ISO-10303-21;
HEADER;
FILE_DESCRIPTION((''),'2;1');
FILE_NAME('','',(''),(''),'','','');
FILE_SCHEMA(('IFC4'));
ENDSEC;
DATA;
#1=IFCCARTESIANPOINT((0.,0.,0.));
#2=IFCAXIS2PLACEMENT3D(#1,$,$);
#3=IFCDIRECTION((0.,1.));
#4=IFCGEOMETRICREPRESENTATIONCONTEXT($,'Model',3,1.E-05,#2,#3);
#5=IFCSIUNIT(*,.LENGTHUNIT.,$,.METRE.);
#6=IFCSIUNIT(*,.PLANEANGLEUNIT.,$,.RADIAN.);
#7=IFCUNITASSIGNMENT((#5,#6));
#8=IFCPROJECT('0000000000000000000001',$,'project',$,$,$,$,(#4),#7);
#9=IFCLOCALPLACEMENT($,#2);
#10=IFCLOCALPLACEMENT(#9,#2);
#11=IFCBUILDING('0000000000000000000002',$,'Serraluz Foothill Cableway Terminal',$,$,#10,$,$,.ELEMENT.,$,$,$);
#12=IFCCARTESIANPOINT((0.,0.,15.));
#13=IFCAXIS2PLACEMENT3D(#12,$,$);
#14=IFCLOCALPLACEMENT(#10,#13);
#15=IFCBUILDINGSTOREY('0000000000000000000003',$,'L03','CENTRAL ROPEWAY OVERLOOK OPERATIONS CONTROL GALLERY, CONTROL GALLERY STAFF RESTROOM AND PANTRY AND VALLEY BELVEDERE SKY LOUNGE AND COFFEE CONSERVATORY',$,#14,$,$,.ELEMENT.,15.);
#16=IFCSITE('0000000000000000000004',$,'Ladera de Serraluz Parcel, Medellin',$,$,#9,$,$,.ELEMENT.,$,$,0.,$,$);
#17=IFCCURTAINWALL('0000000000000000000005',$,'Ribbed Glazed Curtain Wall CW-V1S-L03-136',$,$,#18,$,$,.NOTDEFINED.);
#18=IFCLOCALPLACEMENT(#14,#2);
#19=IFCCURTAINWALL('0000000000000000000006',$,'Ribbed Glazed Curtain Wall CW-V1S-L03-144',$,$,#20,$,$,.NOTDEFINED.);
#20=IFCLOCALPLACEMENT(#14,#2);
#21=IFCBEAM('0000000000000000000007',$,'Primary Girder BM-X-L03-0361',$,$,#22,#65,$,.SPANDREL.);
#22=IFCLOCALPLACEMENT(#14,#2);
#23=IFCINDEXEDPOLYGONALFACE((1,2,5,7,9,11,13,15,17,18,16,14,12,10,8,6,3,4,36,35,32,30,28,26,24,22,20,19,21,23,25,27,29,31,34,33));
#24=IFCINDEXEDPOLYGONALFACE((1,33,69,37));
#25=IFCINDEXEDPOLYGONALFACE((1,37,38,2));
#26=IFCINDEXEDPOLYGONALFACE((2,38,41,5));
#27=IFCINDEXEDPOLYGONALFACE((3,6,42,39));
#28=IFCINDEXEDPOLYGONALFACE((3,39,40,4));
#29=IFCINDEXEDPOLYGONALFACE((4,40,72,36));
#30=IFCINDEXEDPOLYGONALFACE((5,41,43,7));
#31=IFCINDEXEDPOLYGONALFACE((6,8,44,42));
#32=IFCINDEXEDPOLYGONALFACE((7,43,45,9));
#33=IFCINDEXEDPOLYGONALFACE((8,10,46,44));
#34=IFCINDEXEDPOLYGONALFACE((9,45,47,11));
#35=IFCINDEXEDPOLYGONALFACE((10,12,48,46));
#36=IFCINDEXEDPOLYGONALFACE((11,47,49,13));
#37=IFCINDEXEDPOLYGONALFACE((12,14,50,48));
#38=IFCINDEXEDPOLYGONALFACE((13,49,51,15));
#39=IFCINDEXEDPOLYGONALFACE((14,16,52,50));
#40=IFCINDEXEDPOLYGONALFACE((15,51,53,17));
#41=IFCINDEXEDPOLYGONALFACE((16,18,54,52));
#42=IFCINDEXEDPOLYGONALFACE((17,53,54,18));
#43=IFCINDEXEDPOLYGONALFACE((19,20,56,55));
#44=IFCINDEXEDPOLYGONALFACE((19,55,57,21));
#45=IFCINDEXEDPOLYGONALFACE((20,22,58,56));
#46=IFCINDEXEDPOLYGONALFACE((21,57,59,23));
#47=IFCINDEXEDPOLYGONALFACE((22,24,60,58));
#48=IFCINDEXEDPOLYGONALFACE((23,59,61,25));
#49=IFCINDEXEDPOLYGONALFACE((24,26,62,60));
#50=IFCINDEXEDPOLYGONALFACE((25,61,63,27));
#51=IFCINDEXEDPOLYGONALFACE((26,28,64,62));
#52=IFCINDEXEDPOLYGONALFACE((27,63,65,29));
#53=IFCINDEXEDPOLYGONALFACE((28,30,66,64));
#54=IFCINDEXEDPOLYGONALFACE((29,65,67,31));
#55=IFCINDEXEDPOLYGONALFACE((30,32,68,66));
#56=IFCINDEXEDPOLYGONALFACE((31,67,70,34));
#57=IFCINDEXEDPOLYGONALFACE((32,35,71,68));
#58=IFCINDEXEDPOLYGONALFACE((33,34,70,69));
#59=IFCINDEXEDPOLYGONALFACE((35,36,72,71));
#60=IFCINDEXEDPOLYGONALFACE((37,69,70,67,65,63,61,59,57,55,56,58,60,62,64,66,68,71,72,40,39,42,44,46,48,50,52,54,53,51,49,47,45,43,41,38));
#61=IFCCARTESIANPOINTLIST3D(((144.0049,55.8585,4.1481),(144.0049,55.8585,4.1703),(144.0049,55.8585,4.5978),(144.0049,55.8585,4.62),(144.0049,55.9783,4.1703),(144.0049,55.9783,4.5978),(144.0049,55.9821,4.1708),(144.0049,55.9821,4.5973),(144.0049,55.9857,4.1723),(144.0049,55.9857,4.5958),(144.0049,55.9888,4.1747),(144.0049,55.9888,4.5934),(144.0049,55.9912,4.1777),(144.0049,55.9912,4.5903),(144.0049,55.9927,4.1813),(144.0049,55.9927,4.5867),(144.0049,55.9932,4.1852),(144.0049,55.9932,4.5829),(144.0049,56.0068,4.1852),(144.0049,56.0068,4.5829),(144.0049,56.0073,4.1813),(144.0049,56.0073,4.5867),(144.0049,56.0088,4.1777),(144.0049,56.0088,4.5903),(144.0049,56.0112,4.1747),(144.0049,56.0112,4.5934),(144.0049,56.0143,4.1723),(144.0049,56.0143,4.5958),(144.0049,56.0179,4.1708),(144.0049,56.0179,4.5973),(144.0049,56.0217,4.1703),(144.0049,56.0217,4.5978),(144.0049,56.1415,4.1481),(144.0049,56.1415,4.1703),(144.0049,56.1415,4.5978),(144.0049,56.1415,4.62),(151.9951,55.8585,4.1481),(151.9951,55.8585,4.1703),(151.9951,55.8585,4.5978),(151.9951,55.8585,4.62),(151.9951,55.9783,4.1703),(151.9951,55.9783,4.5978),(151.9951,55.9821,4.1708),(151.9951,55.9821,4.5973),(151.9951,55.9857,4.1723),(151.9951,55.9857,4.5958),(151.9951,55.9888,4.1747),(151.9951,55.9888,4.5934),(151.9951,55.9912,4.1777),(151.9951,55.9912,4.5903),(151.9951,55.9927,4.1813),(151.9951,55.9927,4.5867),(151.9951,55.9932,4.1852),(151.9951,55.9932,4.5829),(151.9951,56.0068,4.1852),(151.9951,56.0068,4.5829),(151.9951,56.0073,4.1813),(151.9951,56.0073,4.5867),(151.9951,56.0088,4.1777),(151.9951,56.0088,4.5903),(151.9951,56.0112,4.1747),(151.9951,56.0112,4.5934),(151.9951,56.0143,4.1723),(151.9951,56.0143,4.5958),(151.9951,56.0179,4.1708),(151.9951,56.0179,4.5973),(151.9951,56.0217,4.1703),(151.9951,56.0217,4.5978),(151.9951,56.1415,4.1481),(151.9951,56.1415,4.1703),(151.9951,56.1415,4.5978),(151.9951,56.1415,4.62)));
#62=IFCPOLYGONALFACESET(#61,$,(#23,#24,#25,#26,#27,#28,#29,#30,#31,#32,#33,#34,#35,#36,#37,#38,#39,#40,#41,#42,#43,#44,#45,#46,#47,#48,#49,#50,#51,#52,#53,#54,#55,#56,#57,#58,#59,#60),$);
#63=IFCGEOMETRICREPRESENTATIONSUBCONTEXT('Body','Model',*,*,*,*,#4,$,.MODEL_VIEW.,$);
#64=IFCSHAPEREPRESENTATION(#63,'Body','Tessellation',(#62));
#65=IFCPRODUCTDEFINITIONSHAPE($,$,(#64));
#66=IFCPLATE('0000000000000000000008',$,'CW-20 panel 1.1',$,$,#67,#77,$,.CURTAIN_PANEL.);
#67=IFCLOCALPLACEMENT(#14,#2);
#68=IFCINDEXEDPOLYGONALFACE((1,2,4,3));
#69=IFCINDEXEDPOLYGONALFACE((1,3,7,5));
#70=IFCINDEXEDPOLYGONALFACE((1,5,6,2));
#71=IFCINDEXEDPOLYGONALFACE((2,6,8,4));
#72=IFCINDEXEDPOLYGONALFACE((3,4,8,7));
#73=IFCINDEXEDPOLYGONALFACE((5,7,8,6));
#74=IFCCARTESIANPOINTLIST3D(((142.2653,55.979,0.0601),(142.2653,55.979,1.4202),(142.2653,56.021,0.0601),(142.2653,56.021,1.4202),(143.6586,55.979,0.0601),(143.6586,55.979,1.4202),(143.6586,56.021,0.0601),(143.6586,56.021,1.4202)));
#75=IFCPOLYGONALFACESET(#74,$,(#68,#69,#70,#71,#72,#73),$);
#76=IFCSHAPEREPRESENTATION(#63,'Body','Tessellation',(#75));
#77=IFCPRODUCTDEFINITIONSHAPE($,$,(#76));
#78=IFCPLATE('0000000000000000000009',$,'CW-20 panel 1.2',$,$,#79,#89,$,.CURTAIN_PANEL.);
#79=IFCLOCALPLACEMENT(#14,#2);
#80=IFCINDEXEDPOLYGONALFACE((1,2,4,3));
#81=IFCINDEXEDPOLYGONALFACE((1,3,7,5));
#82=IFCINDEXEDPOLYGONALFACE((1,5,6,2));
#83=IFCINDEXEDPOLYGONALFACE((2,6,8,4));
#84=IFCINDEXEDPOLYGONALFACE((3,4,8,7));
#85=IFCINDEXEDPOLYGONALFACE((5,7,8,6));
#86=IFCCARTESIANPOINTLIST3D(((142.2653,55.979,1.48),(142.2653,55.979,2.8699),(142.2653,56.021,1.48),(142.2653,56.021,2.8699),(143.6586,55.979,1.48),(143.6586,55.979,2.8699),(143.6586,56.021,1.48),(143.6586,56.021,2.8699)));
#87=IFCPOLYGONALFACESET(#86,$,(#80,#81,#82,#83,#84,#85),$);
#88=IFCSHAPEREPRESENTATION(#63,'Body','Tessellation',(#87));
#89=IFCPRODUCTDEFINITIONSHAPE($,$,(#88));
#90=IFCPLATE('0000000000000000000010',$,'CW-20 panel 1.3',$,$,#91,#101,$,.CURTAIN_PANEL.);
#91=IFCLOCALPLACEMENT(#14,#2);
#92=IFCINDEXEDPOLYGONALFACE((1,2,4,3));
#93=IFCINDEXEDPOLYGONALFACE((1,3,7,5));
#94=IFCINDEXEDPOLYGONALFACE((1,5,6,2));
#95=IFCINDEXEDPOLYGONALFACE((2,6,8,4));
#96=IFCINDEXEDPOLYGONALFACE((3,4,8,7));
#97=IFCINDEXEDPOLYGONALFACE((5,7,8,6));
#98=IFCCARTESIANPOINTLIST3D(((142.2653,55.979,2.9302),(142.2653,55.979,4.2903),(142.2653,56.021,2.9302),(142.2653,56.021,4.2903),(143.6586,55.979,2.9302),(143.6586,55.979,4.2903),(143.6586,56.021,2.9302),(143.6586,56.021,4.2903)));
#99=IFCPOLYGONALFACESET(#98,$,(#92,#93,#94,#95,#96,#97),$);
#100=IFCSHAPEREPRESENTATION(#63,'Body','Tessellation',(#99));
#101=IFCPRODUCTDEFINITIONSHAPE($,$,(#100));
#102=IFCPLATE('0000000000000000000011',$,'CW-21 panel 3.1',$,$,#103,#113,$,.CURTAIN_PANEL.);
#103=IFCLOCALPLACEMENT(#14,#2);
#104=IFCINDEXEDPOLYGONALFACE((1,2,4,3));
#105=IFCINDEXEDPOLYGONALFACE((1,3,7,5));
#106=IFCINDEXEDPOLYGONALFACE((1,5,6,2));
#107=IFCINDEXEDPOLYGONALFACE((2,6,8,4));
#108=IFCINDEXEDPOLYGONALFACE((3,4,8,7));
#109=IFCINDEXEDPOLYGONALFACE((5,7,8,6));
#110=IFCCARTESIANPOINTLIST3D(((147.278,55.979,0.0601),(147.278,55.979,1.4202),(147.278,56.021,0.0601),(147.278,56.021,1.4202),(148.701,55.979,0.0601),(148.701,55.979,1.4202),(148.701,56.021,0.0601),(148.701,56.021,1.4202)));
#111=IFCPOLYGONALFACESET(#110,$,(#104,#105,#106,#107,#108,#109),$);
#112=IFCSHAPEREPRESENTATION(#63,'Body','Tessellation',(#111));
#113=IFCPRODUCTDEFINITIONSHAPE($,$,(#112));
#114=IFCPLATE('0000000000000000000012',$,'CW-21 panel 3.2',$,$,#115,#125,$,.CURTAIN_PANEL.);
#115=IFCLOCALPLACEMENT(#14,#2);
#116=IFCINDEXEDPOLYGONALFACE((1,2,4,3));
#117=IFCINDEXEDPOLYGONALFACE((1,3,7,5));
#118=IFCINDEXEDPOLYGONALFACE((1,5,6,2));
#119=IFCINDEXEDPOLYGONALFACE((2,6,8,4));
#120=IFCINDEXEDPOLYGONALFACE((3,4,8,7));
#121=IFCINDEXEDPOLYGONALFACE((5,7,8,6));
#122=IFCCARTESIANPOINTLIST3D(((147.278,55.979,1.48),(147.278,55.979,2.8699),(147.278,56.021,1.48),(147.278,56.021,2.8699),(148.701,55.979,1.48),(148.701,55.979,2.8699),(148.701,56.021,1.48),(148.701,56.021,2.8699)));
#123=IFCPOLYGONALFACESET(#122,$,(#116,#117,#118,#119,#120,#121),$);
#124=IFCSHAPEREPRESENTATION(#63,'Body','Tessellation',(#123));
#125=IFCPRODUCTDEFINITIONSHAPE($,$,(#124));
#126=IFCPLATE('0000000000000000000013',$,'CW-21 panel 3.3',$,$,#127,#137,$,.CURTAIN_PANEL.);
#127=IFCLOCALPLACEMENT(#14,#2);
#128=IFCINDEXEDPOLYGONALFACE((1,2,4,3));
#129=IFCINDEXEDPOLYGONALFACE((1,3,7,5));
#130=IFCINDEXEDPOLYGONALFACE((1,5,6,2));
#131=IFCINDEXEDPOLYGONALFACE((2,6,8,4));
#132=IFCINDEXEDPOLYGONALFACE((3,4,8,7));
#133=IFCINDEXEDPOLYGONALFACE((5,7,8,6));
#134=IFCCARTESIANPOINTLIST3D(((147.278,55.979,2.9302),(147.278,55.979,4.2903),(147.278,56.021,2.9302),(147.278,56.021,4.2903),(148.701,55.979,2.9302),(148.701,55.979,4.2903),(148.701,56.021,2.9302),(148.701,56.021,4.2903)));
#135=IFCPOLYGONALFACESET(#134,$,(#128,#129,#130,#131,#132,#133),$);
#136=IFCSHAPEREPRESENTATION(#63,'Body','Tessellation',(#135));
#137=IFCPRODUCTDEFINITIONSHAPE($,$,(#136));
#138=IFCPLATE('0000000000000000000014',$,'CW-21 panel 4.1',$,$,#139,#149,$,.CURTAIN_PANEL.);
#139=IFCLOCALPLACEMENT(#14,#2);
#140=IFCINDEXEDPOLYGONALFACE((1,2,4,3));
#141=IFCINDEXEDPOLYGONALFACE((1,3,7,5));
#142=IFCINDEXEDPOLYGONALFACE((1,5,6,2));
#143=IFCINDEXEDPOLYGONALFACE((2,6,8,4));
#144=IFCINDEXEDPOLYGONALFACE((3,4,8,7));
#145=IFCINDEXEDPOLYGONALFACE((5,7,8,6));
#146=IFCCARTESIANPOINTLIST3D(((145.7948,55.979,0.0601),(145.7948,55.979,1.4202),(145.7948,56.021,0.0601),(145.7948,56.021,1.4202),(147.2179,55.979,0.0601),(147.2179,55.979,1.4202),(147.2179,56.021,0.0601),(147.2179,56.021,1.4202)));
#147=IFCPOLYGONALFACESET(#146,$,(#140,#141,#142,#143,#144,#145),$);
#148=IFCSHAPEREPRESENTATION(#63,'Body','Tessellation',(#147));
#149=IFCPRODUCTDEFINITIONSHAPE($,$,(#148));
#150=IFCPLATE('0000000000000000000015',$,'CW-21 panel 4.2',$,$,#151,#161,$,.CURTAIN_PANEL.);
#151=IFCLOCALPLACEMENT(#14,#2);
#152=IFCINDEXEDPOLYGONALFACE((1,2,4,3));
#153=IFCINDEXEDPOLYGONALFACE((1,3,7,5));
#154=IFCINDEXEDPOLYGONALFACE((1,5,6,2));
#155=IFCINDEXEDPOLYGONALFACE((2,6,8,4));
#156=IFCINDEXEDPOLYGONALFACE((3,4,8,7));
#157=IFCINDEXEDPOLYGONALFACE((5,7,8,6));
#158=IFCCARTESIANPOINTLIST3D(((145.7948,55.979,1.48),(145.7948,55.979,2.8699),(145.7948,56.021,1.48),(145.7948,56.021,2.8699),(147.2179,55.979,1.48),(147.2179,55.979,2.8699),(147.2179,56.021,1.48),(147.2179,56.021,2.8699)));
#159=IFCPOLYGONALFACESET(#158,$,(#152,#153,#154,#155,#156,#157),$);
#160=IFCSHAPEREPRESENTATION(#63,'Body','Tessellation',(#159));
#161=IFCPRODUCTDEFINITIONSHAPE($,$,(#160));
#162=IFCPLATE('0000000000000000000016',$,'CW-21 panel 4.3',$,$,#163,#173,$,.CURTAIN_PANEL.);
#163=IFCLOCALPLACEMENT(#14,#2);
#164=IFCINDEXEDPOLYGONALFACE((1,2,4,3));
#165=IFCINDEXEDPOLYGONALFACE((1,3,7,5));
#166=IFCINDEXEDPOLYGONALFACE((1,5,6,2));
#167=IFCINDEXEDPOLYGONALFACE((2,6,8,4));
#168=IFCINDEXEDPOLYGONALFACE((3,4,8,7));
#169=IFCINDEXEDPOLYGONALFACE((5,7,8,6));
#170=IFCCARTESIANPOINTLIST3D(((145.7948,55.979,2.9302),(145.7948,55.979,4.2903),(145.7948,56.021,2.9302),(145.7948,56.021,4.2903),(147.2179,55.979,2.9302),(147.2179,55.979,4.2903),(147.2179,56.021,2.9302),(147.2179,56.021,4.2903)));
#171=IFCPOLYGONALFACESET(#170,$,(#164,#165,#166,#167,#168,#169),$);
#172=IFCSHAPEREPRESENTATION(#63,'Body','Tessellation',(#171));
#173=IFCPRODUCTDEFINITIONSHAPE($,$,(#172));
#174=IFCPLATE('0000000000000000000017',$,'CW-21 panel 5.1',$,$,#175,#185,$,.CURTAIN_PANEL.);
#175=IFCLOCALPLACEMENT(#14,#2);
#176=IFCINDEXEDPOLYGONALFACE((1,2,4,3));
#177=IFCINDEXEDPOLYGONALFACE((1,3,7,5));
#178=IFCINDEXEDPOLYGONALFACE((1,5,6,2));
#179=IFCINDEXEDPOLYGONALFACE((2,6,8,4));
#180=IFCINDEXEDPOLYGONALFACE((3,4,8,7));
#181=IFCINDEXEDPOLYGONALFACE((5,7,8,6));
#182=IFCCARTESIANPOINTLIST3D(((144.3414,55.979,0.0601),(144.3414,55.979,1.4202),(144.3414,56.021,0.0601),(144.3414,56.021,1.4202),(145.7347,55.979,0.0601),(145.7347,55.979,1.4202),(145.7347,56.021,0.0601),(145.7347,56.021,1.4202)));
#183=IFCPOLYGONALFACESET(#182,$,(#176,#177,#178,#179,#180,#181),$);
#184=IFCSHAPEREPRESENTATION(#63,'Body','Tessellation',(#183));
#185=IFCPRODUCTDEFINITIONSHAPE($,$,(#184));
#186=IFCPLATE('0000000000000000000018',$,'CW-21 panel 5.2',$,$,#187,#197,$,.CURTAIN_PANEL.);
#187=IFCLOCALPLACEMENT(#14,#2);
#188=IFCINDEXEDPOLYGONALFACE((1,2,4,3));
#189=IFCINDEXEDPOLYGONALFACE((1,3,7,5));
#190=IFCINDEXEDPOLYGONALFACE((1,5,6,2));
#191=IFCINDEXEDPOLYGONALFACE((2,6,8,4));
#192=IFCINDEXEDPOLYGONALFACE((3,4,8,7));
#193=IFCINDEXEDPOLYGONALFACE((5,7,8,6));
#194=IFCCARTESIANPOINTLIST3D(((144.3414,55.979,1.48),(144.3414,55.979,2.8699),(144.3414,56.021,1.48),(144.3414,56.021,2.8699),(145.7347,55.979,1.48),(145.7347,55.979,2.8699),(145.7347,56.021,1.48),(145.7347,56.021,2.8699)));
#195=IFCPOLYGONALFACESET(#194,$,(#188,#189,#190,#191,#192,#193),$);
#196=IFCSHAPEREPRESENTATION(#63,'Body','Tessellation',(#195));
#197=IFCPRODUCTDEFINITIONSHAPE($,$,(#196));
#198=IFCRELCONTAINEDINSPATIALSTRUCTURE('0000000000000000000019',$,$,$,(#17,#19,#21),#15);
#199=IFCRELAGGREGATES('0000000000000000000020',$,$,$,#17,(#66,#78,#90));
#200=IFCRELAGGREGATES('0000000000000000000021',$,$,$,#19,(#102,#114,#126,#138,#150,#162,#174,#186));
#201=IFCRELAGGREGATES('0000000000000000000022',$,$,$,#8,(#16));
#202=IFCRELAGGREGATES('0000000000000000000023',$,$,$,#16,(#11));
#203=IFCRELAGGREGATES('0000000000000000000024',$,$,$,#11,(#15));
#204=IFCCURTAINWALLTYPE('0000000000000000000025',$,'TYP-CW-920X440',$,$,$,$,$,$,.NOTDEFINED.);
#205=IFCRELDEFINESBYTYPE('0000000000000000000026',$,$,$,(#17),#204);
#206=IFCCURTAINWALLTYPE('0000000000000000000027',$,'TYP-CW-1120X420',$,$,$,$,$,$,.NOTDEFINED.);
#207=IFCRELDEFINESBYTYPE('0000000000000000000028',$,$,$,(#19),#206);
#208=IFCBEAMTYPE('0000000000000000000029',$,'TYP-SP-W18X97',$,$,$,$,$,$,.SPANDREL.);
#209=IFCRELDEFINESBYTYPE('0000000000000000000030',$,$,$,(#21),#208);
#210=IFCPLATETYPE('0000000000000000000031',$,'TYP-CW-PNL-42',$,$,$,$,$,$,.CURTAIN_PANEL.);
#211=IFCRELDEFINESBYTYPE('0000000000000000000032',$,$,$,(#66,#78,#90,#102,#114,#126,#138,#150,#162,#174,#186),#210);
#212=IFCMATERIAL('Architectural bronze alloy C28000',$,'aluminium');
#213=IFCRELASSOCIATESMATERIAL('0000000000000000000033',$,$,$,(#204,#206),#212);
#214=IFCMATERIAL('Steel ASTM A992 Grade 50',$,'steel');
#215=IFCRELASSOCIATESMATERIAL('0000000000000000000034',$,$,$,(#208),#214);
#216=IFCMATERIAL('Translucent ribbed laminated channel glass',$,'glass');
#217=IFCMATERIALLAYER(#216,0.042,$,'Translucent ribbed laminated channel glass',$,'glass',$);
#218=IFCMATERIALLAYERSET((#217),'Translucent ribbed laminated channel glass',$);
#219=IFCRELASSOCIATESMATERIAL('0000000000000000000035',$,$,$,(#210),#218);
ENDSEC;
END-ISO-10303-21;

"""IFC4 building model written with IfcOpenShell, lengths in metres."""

from ifc_helpers import new_model, si_unit, direction, frame, origin, origin_2d, place, context, subcontext, project, spatial, rectangle, i_section, extrude, material, layer, layer_set, material_profile, profile_set, type_object, element, aggregate, save


model = new_model("IFC4")

# Units and contexts
model_context = context("Model", 3, precision=1e-05, world=origin(), true_north=direction((0.0, 1.0)))
body_context = subcontext(model_context, "Body", "Model", "MODEL_VIEW")
ifc_project = project(units=[si_unit("LENGTHUNIT", "METRE"), si_unit("PLANEANGLEUNIT", "RADIAN")], contexts=[model_context])

# Site, building, storey
site_placement = place(None, origin())
site = spatial("IfcSite", under=ifc_project, at=site_placement, Name="Ladera de Serraluz Parcel, Medellin", CompositionType="ELEMENT", RefElevation=0.0)
building_placement = place(site_placement, origin())
building = spatial("IfcBuilding", under=site, at=building_placement, Name="Serraluz Foothill Cableway Terminal", CompositionType="ELEMENT")
storey_placement = place(building_placement, frame((0.0, 0.0, 15.0)))
storey = spatial("IfcBuildingStorey", under=building, at=storey_placement, Name="L03", Description="CENTRAL ROPEWAY OVERLOOK OPERATIONS CONTROL GALLERY, CONTROL GALLERY STAFF RESTROOM AND PANTRY AND VALLEY BELVEDERE SKY LOUNGE AND COFFEE CONSERVATORY", CompositionType="ELEMENT", Elevation=15.0)

# Shared definitions
ifc_material_1 = material(Name="Steel ASTM A992 Grade 50", Category="steel")

# Curtain walls
ifc_material_2 = material(Name="Architectural bronze alloy C28000", Category="aluminium")
curtain_wall_type_1 = type_object("IfcCurtainWallType", Name="TYP-CW-920X440", PredefinedType="NOTDEFINED", material=ifc_material_2)
curtain_wall_1_placement = place(storey_placement, origin())
curtain_wall_1 = element("IfcCurtainWall", 1, at=curtain_wall_1_placement, inside=storey, type_object=curtain_wall_type_1, Name="Ribbed Glazed Curtain Wall CW-V1S-L03-136", PredefinedType="NOTDEFINED")
curtain_wall_type_2 = type_object("IfcCurtainWallType", Name="TYP-CW-1120X420", PredefinedType="NOTDEFINED", material=ifc_material_2)
curtain_wall_2_placement = place(storey_placement, origin())
curtain_wall_2 = element("IfcCurtainWall", 2, at=curtain_wall_2_placement, inside=storey, type_object=curtain_wall_type_2, Name="Ribbed Glazed Curtain Wall CW-V1S-L03-144", PredefinedType="NOTDEFINED")

# Beam
ifc_material_profile_1 = material_profile(ifc_material_1, i_section(OverallWidth=0.283, OverallDepth=0.4719, WebThickness=0.0137, FlangeThickness=0.0222, FilletRadius=0.0149, at=origin_2d()), Name="W18X97")
ifc_profile_set_1 = profile_set([ifc_material_profile_1], Name="Steel ASTM A992 Grade 50")
beam_type_1 = type_object("IfcBeamType", Name="TYP-SP-W18X97", PredefinedType="SPANDREL", material=ifc_profile_set_1)
beam_1_placement = place(storey_placement, frame((144.0049, 56.0, 4.384), z_axis=(1.0, 0.0, 0.0), x_axis=(0.0, 1.0, 0.0)))
element("IfcBeam", 3, at=beam_1_placement, inside=storey, type_object=beam_type_1, Name="Primary Girder BM-X-L03-0361", PredefinedType="SPANDREL", context=body_context, shape_type="SweptSolid", body=[
    extrude(i_section(OverallWidth=0.283, OverallDepth=0.4719, WebThickness=0.0137, FlangeThickness=0.0222, FilletRadius=0.0149, at=origin_2d()), origin(), (0.0, 0.0, 1.0), 7.9902),
])

# Plates
ifc_material_3 = material(Name="Translucent ribbed laminated channel glass", Category="glass")
ifc_layer = layer(ifc_material_3, 0.042, Name="Translucent ribbed laminated channel glass", Category="glass")
ifc_layer_set = layer_set([ifc_layer], Name="Translucent ribbed laminated channel glass")
plate_type = type_object("IfcPlateType", Name="TYP-CW-PNL-42", PredefinedType="CURTAIN_PANEL", material=ifc_layer_set)
plate_1_placement = place(storey_placement, frame((142.9619, 56.0, 0.0601), z_axis=(0.0, 0.0, 1.0), x_axis=(-1.0, 0.0, 0.0)))
plate_1 = element("IfcPlate", 4, at=plate_1_placement, type_object=plate_type, Name="CW-20 panel 1.1", PredefinedType="CURTAIN_PANEL", context=body_context, shape_type="SweptSolid", body=[
    extrude(rectangle(XDim=1.3933, YDim=0.042, at=origin_2d()), origin(), (0.0, 0.0, 1.0), 1.3601),
])
plate_2_placement = place(storey_placement, frame((142.9619, 56.0, 1.48), z_axis=(0.0, 0.0, 1.0), x_axis=(-1.0, 0.0, 0.0)))
plate_2 = element("IfcPlate", 5, at=plate_2_placement, type_object=plate_type, Name="CW-20 panel 1.2", PredefinedType="CURTAIN_PANEL", context=body_context, shape_type="SweptSolid", body=[
    extrude(rectangle(XDim=1.3933, YDim=0.042, at=origin_2d()), origin(), (0.0, 0.0, 1.0), 1.3899),
])
plate_3_placement = place(storey_placement, frame((142.9619, 56.0, 2.9302), z_axis=(0.0, 0.0, 1.0), x_axis=(-1.0, 0.0, 0.0)))
plate_3 = element("IfcPlate", 6, at=plate_3_placement, type_object=plate_type, Name="CW-20 panel 1.3", PredefinedType="CURTAIN_PANEL", context=body_context, shape_type="SweptSolid", body=[
    extrude(rectangle(XDim=1.3933, YDim=0.042, at=origin_2d()), origin(), (0.0, 0.0, 1.0), 1.3601),
])
aggregate(curtain_wall_1, [plate_1, plate_2, plate_3])
plate_4_placement = place(storey_placement, frame((147.9895, 56.0, 0.0601), z_axis=(0.0, 0.0, 1.0), x_axis=(-1.0, 0.0, 0.0)))
plate_4 = element("IfcPlate", 7, at=plate_4_placement, type_object=plate_type, Name="CW-21 panel 3.1", PredefinedType="CURTAIN_PANEL", context=body_context, shape_type="SweptSolid", body=[
    extrude(rectangle(XDim=1.4231, YDim=0.042, at=origin_2d()), origin(), (0.0, 0.0, 1.0), 1.3601),
])
plate_5_placement = place(storey_placement, frame((147.9895, 56.0, 1.48), z_axis=(0.0, 0.0, 1.0), x_axis=(-1.0, 0.0, 0.0)))
plate_5 = element("IfcPlate", 8, at=plate_5_placement, type_object=plate_type, Name="CW-21 panel 3.2", PredefinedType="CURTAIN_PANEL", context=body_context, shape_type="SweptSolid", body=[
    extrude(rectangle(XDim=1.4231, YDim=0.042, at=origin_2d()), origin(), (0.0, 0.0, 1.0), 1.3899),
])
plate_6_placement = place(storey_placement, frame((147.9895, 56.0, 2.9302), z_axis=(0.0, 0.0, 1.0), x_axis=(-1.0, 0.0, 0.0)))
plate_6 = element("IfcPlate", 9, at=plate_6_placement, type_object=plate_type, Name="CW-21 panel 3.3", PredefinedType="CURTAIN_PANEL", context=body_context, shape_type="SweptSolid", body=[
    extrude(rectangle(XDim=1.4231, YDim=0.042, at=origin_2d()), origin(), (0.0, 0.0, 1.0), 1.3601),
])
plate_7_placement = place(storey_placement, frame((146.5063, 56.0, 0.0601), z_axis=(0.0, 0.0, 1.0), x_axis=(-1.0, 0.0, 0.0)))
plate_7 = element("IfcPlate", 10, at=plate_7_placement, type_object=plate_type, Name="CW-21 panel 4.1", PredefinedType="CURTAIN_PANEL", context=body_context, shape_type="SweptSolid", body=[
    extrude(rectangle(XDim=1.4231, YDim=0.042, at=origin_2d()), origin(), (0.0, 0.0, 1.0), 1.3601),
])
plate_8_placement = place(storey_placement, frame((146.5063, 56.0, 1.48), z_axis=(0.0, 0.0, 1.0), x_axis=(-1.0, 0.0, 0.0)))
plate_8 = element("IfcPlate", 11, at=plate_8_placement, type_object=plate_type, Name="CW-21 panel 4.2", PredefinedType="CURTAIN_PANEL", context=body_context, shape_type="SweptSolid", body=[
    extrude(rectangle(XDim=1.4231, YDim=0.042, at=origin_2d()), origin(), (0.0, 0.0, 1.0), 1.3899),
])
plate_9_placement = place(storey_placement, frame((146.5063, 56.0, 2.9302), z_axis=(0.0, 0.0, 1.0), x_axis=(-1.0, 0.0, 0.0)))
plate_9 = element("IfcPlate", 12, at=plate_9_placement, type_object=plate_type, Name="CW-21 panel 4.3", PredefinedType="CURTAIN_PANEL", context=body_context, shape_type="SweptSolid", body=[
    extrude(rectangle(XDim=1.4231, YDim=0.042, at=origin_2d()), origin(), (0.0, 0.0, 1.0), 1.3601),
])
plate_10_placement = place(storey_placement, frame((145.0381, 56.0, 0.0601), z_axis=(0.0, 0.0, 1.0), x_axis=(-1.0, 0.0, 0.0)))
plate_10 = element("IfcPlate", 13, at=plate_10_placement, type_object=plate_type, Name="CW-21 panel 5.1", PredefinedType="CURTAIN_PANEL", context=body_context, shape_type="SweptSolid", body=[
    extrude(rectangle(XDim=1.3933, YDim=0.042, at=origin_2d()), origin(), (0.0, 0.0, 1.0), 1.3601),
])
plate_11_placement = place(storey_placement, frame((145.0381, 56.0, 1.48), z_axis=(0.0, 0.0, 1.0), x_axis=(-1.0, 0.0, 0.0)))
plate_11 = element("IfcPlate", 14, at=plate_11_placement, type_object=plate_type, Name="CW-21 panel 5.2", PredefinedType="CURTAIN_PANEL", context=body_context, shape_type="SweptSolid", body=[
    extrude(rectangle(XDim=1.3933, YDim=0.042, at=origin_2d()), origin(), (0.0, 0.0, 1.0), 1.3899),
])
aggregate(curtain_wall_2, [plate_4, plate_5, plate_6, plate_7, plate_8, plate_9, plate_10, plate_11])

save(model, "model.ifc")
